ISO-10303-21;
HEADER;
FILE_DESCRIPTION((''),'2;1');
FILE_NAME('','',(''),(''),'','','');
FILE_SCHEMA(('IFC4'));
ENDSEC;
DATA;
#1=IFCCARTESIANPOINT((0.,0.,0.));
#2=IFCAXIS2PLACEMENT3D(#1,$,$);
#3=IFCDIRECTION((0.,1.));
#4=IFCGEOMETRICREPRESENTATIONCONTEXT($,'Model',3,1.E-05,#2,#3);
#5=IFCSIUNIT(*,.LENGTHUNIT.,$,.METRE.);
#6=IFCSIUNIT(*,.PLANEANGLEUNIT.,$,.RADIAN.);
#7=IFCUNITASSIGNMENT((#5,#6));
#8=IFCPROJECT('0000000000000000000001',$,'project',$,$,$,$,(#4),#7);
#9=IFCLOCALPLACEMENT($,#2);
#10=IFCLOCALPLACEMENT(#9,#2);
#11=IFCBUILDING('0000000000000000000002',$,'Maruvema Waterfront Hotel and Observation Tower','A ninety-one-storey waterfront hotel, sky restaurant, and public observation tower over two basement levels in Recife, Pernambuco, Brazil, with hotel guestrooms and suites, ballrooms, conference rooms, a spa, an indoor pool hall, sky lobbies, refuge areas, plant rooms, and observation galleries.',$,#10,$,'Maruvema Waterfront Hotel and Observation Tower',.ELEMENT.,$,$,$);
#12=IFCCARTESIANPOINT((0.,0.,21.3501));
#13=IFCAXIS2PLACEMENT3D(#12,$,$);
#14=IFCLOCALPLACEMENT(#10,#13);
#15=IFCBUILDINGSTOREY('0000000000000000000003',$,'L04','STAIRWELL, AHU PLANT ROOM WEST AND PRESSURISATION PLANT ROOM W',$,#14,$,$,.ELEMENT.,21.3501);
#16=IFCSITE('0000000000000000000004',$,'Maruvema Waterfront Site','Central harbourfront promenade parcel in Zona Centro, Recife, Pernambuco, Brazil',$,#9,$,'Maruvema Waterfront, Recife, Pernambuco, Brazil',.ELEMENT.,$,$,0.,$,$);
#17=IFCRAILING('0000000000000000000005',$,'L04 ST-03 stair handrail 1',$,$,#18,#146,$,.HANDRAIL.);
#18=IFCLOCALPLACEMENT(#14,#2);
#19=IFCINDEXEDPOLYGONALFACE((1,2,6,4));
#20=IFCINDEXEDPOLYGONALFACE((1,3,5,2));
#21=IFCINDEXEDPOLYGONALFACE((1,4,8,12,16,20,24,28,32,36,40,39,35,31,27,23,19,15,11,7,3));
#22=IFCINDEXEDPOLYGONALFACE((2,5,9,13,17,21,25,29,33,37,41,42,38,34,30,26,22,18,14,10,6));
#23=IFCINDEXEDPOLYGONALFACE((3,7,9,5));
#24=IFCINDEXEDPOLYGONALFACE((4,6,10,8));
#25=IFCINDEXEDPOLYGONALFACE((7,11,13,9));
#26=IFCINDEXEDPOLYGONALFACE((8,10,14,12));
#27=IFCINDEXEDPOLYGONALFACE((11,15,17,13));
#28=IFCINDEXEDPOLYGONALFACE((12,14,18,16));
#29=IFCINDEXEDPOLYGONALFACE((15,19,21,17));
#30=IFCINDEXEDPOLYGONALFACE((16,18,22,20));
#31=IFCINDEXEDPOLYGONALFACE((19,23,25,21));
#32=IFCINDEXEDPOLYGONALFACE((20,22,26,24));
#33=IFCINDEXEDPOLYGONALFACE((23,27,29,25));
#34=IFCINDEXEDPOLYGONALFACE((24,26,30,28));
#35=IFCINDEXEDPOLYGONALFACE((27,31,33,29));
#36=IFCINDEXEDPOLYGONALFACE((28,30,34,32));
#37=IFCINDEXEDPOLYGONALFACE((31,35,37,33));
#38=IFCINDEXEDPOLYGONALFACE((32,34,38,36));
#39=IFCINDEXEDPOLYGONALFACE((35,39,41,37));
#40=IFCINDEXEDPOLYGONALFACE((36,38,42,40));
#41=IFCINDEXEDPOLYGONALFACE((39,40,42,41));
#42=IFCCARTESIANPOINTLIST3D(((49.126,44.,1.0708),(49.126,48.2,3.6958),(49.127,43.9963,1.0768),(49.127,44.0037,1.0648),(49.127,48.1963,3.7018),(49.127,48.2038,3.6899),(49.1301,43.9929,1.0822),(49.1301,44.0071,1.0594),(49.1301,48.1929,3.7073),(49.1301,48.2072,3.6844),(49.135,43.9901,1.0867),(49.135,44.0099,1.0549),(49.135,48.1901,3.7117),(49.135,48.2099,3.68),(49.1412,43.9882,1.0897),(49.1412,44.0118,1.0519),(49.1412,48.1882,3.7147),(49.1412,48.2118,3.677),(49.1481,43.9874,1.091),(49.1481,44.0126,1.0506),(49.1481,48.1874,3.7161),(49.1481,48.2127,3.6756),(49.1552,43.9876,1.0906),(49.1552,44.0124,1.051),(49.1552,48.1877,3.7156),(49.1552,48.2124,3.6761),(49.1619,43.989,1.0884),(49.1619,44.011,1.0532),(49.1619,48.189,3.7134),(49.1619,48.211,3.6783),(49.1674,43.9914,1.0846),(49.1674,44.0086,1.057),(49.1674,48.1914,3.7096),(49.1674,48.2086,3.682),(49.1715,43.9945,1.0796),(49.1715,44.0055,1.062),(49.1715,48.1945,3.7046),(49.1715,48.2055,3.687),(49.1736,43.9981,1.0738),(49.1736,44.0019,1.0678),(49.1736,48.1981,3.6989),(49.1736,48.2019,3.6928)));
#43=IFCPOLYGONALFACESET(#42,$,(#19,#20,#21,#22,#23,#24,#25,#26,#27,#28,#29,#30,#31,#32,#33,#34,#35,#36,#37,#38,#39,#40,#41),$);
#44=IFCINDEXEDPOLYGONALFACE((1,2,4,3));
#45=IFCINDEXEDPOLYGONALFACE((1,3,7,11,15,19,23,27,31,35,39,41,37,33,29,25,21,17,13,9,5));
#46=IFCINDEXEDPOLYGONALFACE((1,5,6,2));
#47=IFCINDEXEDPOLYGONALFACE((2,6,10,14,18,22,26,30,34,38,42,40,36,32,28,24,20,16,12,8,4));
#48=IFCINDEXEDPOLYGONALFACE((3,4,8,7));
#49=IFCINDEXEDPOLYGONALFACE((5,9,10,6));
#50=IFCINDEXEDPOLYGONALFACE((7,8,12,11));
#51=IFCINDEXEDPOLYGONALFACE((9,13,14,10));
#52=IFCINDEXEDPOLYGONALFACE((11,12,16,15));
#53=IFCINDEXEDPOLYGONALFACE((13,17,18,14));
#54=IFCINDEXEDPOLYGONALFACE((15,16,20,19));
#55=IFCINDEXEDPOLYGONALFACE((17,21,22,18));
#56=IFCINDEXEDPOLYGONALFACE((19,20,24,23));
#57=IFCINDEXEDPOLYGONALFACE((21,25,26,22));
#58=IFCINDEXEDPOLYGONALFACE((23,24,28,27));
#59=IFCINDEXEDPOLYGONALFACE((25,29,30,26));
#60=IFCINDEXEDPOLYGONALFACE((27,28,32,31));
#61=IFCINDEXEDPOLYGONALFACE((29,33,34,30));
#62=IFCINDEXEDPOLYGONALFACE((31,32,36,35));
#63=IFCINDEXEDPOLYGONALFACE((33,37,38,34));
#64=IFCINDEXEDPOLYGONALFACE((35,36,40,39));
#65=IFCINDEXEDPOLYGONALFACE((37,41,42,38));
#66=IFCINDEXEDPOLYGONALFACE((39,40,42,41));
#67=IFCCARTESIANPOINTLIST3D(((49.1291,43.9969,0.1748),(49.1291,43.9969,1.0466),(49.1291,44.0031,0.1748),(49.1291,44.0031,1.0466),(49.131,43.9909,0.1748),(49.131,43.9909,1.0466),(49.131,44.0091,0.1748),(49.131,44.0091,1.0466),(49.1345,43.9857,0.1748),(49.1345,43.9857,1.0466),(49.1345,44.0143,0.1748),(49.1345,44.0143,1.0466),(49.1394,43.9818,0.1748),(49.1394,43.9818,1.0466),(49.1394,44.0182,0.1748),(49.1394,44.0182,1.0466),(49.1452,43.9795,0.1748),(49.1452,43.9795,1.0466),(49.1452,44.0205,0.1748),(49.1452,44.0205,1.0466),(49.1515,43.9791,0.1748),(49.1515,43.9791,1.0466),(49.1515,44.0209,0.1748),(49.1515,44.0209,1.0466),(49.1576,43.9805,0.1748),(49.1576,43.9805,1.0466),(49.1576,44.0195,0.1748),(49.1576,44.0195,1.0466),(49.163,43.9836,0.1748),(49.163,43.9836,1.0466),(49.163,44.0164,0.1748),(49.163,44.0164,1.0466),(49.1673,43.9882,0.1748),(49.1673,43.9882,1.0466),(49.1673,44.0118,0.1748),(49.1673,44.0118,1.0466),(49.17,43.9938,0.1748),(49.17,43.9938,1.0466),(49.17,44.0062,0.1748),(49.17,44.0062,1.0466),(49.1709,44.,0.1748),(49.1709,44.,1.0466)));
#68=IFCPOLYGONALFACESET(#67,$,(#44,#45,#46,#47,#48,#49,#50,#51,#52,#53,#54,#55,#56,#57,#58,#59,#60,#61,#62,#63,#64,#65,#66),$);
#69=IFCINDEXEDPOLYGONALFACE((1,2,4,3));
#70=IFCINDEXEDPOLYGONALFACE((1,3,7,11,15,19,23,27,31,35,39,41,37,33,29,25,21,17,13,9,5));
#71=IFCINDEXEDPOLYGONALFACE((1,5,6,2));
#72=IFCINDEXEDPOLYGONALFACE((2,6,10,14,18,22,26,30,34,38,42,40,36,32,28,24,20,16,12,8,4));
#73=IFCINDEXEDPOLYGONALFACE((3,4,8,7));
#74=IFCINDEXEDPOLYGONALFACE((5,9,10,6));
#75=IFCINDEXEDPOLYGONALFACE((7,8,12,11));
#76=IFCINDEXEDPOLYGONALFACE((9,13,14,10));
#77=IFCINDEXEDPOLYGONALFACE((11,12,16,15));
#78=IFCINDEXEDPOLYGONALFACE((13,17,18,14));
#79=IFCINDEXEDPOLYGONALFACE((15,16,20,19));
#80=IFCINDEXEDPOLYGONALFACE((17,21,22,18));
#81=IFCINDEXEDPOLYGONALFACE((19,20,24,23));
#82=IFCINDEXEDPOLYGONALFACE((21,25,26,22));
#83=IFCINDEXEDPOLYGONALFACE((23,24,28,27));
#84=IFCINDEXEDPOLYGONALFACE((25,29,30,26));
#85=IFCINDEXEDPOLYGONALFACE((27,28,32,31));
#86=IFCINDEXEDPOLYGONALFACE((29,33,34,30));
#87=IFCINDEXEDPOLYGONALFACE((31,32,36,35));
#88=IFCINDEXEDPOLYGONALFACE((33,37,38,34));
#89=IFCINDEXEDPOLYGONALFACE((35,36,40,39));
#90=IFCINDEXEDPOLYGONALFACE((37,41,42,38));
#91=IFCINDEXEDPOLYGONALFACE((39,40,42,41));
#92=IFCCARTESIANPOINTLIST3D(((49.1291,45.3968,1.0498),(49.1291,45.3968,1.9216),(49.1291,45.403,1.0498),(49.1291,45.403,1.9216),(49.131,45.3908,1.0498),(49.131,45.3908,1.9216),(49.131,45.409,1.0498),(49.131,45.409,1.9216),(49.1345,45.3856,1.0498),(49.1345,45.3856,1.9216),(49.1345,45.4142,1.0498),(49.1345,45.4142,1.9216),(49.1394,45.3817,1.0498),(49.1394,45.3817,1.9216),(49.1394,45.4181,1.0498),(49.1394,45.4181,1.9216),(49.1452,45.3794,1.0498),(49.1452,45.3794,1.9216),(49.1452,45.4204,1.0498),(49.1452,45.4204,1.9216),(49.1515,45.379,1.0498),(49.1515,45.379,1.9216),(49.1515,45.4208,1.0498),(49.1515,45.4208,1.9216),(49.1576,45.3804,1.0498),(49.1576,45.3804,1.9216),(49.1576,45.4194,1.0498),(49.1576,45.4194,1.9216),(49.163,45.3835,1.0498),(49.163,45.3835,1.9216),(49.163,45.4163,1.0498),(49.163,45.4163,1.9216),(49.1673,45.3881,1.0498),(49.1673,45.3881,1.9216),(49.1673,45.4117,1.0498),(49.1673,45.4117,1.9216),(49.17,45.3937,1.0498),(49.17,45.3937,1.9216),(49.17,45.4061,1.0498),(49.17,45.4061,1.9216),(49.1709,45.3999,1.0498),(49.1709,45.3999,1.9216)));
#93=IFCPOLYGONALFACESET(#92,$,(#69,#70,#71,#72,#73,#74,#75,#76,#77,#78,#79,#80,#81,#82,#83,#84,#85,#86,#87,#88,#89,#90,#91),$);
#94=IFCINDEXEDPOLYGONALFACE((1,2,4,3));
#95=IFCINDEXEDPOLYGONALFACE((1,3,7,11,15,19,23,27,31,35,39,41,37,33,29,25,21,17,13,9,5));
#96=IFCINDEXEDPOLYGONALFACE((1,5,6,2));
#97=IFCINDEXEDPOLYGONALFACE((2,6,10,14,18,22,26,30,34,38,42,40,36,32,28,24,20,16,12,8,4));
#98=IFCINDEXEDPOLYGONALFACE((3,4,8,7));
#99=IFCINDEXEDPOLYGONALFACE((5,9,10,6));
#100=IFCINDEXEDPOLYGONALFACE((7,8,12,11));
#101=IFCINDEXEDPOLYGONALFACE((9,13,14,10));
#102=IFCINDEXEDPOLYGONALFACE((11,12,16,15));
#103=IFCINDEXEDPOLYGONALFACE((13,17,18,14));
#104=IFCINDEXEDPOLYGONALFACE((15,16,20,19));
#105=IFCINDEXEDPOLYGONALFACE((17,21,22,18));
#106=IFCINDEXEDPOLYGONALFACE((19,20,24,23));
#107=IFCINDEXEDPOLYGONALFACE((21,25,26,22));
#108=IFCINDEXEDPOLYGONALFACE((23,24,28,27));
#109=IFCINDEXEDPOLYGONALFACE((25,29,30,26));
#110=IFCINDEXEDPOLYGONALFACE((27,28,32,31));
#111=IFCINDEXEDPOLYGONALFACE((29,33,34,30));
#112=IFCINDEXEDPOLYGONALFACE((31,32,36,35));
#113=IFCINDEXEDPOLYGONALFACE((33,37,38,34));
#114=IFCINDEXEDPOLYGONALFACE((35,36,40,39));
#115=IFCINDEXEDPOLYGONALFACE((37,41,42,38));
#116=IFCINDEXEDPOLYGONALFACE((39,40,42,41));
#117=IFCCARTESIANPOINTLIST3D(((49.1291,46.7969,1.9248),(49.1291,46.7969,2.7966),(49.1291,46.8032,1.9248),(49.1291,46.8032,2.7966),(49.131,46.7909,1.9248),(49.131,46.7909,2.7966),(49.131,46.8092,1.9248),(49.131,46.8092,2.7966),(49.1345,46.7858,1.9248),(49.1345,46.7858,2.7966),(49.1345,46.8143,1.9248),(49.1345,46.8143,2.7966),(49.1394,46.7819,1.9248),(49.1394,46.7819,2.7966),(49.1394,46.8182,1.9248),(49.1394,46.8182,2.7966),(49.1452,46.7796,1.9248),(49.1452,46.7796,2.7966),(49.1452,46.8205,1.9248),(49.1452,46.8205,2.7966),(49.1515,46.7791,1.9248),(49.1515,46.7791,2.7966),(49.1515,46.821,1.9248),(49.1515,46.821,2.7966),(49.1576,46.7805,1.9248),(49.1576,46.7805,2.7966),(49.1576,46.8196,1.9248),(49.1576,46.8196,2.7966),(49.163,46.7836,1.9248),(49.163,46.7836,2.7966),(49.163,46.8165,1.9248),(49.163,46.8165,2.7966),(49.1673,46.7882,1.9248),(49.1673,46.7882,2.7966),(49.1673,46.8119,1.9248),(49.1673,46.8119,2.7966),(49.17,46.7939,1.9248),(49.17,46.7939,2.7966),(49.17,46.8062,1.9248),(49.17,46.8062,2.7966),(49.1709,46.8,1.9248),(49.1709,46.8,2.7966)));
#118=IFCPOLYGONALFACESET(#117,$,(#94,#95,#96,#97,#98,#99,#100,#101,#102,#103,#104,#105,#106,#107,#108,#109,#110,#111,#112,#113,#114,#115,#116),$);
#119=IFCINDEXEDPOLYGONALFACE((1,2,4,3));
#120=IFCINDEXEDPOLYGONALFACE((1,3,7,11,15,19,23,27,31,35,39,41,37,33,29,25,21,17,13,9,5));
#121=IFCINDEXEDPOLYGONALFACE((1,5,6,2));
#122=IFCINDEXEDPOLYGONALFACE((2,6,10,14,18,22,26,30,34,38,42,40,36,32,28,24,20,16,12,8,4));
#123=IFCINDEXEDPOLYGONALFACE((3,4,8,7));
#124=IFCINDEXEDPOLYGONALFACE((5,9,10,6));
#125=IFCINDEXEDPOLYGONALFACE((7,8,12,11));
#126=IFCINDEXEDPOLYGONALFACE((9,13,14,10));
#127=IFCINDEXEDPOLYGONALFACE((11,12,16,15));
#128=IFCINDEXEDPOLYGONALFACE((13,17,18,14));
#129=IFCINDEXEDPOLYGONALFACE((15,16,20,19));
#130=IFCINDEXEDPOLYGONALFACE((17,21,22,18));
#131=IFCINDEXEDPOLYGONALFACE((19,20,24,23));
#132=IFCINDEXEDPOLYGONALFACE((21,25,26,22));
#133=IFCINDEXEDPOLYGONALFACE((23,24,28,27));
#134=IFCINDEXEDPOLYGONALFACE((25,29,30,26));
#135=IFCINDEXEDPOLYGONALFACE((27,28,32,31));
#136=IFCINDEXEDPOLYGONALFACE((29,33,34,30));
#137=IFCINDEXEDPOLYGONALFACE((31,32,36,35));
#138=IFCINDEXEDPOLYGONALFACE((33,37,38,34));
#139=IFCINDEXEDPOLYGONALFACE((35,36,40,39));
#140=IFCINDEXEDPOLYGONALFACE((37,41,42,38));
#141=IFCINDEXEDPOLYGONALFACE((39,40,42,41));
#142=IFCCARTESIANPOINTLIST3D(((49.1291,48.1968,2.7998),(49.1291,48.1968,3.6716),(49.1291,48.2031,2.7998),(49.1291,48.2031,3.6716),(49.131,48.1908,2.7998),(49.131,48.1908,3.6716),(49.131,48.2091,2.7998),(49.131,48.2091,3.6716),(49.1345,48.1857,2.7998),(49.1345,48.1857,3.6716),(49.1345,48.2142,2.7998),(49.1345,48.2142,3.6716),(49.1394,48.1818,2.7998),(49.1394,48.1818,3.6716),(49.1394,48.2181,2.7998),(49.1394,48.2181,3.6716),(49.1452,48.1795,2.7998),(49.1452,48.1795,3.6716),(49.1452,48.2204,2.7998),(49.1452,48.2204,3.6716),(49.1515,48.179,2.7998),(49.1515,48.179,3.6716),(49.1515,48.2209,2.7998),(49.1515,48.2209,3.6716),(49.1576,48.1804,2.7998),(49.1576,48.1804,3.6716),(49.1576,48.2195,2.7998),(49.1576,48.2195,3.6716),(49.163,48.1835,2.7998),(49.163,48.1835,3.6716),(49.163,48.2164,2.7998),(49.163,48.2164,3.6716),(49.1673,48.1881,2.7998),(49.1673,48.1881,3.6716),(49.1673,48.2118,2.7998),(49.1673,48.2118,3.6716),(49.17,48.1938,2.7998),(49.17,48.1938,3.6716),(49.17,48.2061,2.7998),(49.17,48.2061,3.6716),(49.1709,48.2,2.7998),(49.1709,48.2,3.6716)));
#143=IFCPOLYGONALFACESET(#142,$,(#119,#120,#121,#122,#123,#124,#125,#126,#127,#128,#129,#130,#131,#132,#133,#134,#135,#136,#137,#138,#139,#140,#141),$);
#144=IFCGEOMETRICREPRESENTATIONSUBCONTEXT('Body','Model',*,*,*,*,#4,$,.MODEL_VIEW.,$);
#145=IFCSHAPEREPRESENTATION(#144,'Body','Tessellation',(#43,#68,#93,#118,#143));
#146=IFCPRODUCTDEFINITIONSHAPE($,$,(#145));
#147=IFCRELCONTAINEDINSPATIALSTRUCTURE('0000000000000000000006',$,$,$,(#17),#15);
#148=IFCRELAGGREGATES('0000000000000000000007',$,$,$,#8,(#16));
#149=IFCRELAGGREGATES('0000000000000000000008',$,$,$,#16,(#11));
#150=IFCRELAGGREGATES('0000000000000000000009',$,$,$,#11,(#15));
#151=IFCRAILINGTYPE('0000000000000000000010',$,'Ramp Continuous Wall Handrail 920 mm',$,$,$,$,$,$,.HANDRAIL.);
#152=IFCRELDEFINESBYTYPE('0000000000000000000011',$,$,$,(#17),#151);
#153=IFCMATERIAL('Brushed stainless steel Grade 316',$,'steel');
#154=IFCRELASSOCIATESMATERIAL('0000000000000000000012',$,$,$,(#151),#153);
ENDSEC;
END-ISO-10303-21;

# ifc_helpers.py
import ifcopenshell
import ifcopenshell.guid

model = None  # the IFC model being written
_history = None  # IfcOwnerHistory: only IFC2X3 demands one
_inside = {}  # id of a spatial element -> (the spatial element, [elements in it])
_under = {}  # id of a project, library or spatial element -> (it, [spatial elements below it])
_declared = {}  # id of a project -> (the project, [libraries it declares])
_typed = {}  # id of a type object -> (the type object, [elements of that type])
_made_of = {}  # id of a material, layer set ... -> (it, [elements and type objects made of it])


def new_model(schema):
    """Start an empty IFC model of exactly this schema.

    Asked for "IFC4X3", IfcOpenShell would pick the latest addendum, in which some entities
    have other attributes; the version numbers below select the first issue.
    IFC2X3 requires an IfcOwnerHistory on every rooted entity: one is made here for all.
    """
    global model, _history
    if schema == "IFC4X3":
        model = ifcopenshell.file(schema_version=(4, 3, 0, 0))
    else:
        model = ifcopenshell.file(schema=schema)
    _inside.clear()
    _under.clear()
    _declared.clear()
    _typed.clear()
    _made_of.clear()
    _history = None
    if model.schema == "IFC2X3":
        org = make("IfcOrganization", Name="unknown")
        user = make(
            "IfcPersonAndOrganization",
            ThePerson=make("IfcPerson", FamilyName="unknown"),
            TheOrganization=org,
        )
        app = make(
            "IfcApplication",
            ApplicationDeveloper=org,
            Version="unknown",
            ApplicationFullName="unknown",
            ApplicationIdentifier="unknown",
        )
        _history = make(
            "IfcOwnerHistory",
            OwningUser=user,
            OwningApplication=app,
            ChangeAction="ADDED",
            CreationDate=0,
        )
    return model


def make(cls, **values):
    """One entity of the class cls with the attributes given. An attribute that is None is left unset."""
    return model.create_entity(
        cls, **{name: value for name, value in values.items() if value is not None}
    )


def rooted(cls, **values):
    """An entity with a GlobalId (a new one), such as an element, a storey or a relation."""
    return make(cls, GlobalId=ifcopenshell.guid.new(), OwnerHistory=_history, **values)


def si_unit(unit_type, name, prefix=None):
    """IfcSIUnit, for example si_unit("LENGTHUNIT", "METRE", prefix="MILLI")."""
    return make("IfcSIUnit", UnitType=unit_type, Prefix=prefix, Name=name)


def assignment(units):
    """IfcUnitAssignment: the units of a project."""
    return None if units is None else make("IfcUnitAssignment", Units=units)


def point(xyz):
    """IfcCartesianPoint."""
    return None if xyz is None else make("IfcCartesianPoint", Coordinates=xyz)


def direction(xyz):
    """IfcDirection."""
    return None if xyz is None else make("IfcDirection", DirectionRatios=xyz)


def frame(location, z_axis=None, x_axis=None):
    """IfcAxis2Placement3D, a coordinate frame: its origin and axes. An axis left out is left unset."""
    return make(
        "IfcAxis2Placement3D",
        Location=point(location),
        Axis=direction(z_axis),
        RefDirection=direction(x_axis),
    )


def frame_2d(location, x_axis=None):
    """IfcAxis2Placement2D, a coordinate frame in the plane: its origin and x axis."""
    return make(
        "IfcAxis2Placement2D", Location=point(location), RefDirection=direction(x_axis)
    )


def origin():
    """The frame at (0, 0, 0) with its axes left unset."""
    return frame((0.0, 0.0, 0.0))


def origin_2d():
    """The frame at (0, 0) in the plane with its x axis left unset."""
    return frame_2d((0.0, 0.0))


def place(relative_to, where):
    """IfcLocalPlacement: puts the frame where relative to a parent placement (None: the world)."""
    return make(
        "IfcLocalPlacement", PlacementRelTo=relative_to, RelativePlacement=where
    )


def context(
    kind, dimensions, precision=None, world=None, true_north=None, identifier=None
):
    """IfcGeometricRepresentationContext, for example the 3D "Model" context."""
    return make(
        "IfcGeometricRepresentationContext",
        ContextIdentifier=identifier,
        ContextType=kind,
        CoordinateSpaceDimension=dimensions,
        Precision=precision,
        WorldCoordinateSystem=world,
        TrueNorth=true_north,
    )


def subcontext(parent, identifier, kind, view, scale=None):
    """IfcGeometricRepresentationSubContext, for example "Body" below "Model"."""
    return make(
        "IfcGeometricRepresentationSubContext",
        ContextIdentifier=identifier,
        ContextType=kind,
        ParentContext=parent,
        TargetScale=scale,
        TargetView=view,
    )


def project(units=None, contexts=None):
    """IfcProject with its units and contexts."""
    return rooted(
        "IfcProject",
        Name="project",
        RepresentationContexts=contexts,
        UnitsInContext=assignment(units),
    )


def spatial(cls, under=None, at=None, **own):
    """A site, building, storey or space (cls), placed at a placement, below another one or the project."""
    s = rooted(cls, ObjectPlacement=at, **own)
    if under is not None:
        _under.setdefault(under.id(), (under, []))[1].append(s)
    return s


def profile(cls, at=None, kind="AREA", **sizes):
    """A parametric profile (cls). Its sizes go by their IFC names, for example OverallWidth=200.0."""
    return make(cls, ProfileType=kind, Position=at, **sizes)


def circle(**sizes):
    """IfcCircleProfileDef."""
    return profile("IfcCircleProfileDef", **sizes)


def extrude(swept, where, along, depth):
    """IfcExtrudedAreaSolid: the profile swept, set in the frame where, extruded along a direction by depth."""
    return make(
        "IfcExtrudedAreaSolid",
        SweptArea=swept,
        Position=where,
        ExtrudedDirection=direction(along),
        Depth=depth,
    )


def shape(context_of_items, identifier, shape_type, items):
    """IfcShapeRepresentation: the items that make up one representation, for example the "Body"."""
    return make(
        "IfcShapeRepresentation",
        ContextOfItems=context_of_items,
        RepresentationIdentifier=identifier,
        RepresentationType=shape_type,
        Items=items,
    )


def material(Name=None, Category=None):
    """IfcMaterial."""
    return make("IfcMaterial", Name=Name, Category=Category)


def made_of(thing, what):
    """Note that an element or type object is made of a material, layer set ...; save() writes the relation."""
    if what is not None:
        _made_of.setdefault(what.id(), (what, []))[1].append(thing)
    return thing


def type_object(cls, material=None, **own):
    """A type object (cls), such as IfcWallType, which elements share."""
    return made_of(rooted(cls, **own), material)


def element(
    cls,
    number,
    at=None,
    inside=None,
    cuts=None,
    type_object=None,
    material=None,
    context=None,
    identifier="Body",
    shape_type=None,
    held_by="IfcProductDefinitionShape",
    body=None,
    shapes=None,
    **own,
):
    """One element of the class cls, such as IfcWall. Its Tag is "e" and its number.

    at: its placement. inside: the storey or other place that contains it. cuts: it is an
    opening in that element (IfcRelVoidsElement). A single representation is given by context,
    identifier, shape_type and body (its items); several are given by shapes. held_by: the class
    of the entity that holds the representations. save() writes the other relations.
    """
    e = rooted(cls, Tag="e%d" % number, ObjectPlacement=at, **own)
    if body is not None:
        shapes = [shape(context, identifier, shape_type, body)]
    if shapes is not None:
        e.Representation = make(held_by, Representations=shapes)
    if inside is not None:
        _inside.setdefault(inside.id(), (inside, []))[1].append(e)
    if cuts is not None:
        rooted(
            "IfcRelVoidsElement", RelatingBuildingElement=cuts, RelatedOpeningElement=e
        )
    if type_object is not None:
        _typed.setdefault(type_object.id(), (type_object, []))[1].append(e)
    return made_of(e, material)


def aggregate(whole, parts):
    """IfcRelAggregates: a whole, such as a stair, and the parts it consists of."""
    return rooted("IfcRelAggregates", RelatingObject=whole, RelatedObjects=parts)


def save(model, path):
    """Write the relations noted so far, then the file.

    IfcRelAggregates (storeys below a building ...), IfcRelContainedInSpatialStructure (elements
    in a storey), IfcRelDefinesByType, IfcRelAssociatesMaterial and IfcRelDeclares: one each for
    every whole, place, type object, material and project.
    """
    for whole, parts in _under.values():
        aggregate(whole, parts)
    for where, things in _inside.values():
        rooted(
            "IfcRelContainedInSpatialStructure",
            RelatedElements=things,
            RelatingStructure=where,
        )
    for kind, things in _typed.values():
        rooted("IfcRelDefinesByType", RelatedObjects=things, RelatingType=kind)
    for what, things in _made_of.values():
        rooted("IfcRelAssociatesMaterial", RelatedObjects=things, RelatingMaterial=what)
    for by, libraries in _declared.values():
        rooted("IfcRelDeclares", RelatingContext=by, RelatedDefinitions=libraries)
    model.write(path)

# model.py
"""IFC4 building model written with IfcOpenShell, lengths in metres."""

from ifc_helpers import new_model, si_unit, direction, frame, origin, origin_2d, place, context, subcontext, project, spatial, circle, extrude, material, type_object, element, save


model = new_model("IFC4")

# Units and contexts
model_context = context("Model", 3, precision=1e-05, world=origin(), true_north=direction((0.0, 1.0)))
body_context = subcontext(model_context, "Body", "Model", "MODEL_VIEW")
ifc_project = project(units=[si_unit("LENGTHUNIT", "METRE"), si_unit("PLANEANGLEUNIT", "RADIAN")], contexts=[model_context])

# Site, building, storey
site_placement = place(None, origin())
site = spatial("IfcSite", under=ifc_project, at=site_placement, Name="Maruvema Waterfront Site", Description="Central harbourfront promenade parcel in Zona Centro, Recife, Pernambuco, Brazil", LongName="Maruvema Waterfront, Recife, Pernambuco, Brazil", CompositionType="ELEMENT", RefElevation=0.0)
building_placement = place(site_placement, origin())
building = spatial("IfcBuilding", under=site, at=building_placement, Name="Maruvema Waterfront Hotel and Observation Tower", Description="A ninety-one-storey waterfront hotel, sky restaurant, and public observation tower over two basement levels in Recife, Pernambuco, Brazil, with hotel guestrooms and suites, ballrooms, conference rooms, a spa, an indoor pool hall, sky lobbies, refuge areas, plant rooms, and observation galleries.", LongName="Maruvema Waterfront Hotel and Observation Tower", CompositionType="ELEMENT")
storey_placement = place(building_placement, frame((0.0, 0.0, 21.3501)))
storey = spatial("IfcBuildingStorey", under=building, at=storey_placement, Name="L04", Description="STAIRWELL, AHU PLANT ROOM WEST AND PRESSURISATION PLANT ROOM W", CompositionType="ELEMENT", Elevation=21.3501)

# Railing
ifc_material_1 = material(Name="Brushed stainless steel Grade 316", Category="steel")
railing_type_1 = type_object("IfcRailingType", Name="Ramp Continuous Wall Handrail 920 mm", PredefinedType="HANDRAIL", material=ifc_material_1)
railing_1_placement = place(storey_placement, frame((49.1499, 44.0, 0.1748)))
element("IfcRailing", 1, at=railing_1_placement, inside=storey, type_object=railing_type_1, Name="L04 ST-03 stair handrail 1", PredefinedType="HANDRAIL", context=body_context, shape_type="SweptSolid", body=[
    extrude(circle(Radius=0.0239, at=origin_2d()), frame((0.0, 0.0, 0.896), z_axis=(0.0, 0.847996, 0.530003), x_axis=(-1.0, 0.0, 0.0)), (0.0, 0.0, 1.0), 4.9529),
    extrude(circle(Radius=0.021, at=origin_2d()), origin(), (0.0, 0.0, 1.0), 0.8718),
    extrude(circle(Radius=0.021, at=origin_2d()), frame((0.0, 1.3999, 0.875)), (0.0, 0.0, 1.0), 0.8718),
    extrude(circle(Radius=0.021, at=origin_2d()), frame((0.0, 2.8, 1.75)), (0.0, 0.0, 1.0), 0.8718),
    extrude(circle(Radius=0.021, at=origin_2d()), frame((0.0, 4.2, 2.625)), (0.0, 0.0, 1.0), 0.8718),
])

save(model, "model.ifc")
